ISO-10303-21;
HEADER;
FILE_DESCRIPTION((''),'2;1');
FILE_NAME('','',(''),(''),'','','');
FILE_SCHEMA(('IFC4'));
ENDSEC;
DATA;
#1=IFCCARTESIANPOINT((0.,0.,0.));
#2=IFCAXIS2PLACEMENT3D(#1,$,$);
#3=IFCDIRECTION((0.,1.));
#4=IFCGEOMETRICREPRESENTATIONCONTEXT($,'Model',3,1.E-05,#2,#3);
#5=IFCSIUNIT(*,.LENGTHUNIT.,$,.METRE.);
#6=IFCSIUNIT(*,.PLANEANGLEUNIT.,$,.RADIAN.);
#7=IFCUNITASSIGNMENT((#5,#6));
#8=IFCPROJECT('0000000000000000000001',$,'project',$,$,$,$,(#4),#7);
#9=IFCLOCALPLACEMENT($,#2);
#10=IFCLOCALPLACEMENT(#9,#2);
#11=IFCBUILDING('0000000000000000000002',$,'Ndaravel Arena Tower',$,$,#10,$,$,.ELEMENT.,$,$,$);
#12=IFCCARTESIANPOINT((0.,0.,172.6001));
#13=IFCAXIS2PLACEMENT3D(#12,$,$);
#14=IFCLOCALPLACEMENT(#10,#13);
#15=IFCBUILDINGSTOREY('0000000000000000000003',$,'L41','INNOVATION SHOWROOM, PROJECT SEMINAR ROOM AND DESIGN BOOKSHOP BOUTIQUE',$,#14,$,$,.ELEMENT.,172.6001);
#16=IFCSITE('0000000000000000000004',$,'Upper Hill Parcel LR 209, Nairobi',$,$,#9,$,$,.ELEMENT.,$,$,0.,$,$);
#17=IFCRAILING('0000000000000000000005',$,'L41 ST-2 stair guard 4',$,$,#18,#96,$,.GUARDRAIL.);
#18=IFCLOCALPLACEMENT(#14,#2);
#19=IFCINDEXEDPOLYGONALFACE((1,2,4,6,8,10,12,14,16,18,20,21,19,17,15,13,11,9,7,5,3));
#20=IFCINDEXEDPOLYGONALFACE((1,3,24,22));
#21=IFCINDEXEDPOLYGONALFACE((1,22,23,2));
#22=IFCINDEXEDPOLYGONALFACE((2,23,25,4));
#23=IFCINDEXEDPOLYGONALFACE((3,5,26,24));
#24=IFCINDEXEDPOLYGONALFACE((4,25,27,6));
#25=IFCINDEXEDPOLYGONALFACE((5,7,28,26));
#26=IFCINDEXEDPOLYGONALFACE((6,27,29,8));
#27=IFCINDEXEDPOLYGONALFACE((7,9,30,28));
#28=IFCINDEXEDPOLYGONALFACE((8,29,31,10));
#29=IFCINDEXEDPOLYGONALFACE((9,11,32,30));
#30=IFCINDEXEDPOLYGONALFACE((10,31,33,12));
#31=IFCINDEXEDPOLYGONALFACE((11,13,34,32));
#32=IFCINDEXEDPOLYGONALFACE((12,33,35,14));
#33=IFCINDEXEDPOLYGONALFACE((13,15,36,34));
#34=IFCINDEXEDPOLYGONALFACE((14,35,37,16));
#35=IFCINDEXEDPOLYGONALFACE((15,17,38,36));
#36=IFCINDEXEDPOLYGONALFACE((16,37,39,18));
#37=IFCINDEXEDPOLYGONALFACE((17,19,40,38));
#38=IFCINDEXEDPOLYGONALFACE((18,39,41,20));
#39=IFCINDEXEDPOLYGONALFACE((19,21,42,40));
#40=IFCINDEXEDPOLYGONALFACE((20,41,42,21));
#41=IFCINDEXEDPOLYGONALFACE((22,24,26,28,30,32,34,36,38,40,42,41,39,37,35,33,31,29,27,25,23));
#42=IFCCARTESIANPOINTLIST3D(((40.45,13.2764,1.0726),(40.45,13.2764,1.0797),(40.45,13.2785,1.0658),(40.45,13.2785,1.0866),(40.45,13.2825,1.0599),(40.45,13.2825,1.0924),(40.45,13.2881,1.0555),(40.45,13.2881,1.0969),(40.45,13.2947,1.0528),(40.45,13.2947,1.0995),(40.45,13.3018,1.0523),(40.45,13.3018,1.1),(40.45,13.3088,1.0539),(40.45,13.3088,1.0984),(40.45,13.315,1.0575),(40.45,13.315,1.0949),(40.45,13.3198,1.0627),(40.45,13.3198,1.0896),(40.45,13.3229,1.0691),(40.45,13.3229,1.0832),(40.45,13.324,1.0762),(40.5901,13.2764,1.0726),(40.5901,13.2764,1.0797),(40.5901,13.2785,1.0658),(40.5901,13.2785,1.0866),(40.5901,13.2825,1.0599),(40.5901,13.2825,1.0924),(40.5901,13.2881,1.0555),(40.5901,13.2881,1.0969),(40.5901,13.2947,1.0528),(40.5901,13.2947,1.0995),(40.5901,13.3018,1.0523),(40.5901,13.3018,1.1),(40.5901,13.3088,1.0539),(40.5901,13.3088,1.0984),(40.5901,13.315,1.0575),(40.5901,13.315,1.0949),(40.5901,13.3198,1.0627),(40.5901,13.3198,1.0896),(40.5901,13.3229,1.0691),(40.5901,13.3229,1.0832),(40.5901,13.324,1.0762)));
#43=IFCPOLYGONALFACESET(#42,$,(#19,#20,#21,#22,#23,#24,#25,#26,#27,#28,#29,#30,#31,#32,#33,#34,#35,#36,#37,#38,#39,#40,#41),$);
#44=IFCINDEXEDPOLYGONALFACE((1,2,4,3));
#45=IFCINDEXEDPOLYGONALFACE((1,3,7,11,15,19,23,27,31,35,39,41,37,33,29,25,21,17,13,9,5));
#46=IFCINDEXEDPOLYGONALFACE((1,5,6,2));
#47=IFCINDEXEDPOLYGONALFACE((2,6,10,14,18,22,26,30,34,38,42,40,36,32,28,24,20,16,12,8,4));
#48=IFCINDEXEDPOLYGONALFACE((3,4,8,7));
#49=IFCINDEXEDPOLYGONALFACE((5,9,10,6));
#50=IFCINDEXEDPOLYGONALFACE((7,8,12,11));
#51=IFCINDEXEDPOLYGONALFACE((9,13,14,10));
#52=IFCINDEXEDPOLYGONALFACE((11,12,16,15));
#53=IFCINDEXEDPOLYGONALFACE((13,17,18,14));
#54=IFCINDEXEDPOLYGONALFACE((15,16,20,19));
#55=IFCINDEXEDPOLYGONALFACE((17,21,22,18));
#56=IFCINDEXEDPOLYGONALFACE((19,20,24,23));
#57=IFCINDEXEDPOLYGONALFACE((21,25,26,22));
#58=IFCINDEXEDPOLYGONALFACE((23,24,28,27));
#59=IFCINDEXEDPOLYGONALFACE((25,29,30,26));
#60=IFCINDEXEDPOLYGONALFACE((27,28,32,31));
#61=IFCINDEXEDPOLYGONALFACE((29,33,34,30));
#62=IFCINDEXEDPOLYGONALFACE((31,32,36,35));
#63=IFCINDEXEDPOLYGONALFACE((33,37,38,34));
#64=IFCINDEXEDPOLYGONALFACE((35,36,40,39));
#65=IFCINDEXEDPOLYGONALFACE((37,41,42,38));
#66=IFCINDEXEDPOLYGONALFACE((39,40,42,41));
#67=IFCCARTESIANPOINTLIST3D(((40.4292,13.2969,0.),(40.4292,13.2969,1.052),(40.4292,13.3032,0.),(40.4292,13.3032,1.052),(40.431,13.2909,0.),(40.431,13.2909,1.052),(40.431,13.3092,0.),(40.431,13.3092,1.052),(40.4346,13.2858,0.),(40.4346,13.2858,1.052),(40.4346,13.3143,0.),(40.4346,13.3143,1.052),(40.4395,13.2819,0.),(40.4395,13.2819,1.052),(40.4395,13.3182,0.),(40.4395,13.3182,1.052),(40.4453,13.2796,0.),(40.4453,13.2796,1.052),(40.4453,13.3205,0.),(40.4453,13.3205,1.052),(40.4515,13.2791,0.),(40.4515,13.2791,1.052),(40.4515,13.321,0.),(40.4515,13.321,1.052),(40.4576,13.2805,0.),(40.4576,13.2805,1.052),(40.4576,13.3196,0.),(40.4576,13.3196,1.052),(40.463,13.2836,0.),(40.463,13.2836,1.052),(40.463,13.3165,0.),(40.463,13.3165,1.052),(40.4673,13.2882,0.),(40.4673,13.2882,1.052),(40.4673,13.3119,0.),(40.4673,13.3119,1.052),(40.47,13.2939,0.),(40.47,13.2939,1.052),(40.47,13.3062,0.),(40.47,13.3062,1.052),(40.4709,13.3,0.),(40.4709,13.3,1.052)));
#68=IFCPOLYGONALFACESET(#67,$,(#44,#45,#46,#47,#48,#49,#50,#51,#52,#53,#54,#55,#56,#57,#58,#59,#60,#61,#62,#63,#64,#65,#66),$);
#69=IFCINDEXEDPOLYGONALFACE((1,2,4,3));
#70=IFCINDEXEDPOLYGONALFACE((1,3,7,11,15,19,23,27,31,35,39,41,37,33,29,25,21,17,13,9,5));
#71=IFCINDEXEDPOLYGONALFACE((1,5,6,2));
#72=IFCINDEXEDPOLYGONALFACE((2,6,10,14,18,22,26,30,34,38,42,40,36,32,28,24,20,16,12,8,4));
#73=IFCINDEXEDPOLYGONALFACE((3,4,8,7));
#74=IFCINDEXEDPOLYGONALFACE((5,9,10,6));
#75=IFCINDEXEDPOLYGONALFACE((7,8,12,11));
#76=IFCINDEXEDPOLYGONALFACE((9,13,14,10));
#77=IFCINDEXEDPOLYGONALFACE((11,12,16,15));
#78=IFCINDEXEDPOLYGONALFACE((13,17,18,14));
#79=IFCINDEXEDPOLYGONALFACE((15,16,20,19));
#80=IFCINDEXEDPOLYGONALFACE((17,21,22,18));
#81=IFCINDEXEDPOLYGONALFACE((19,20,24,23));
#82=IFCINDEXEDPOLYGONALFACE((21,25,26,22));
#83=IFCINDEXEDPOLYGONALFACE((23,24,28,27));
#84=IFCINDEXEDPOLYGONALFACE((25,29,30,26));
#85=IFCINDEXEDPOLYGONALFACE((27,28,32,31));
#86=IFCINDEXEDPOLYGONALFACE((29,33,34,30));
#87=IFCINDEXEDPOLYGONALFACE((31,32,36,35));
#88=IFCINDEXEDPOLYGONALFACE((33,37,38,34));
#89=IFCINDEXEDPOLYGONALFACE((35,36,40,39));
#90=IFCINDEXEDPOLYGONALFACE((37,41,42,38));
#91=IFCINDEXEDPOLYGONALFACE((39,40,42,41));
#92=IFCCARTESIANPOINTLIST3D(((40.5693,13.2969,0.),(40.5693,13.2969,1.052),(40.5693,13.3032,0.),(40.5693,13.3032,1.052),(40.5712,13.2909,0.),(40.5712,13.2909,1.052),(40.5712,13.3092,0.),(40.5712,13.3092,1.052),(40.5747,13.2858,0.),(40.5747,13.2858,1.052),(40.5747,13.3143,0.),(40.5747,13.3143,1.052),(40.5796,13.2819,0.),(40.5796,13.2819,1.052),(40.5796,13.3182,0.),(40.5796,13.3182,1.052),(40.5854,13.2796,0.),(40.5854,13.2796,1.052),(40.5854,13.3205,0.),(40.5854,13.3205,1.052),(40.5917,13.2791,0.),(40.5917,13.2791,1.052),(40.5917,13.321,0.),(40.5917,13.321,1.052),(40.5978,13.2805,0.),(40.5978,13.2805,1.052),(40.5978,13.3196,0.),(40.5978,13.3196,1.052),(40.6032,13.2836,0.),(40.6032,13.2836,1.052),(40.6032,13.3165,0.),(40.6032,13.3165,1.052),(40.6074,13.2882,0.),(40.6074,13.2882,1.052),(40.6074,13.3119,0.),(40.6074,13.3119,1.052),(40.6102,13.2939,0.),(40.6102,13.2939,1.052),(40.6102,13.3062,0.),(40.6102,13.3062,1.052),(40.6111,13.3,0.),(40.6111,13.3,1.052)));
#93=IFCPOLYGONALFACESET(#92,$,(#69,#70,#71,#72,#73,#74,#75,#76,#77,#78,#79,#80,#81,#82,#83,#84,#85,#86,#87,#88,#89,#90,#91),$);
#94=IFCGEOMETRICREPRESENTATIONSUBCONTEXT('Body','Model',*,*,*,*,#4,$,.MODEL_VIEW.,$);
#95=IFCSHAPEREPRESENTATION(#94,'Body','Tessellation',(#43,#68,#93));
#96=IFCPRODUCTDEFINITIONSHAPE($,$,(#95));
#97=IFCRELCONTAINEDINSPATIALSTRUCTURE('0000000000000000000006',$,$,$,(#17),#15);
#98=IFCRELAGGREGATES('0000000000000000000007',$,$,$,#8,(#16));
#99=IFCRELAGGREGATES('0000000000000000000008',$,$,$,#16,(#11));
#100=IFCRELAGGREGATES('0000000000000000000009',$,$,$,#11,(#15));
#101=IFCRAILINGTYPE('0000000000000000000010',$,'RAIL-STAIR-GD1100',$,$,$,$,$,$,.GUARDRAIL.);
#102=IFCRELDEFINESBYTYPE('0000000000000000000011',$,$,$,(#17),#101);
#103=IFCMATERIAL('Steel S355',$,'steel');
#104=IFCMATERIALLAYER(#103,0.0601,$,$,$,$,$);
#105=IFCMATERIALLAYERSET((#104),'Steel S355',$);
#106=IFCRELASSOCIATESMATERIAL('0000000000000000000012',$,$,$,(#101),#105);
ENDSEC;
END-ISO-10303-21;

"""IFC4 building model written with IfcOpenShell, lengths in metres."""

from ifc_helpers import new_model, si_unit, direction, frame, origin, origin_2d, place, context, subcontext, project, spatial, circle, extrude, material, layer, layer_set, type_object, element, save


model = new_model("IFC4")

# Units and contexts
model_context = context("Model", 3, precision=1e-05, world=origin(), true_north=direction((0.0, 1.0)))
body_context = subcontext(model_context, "Body", "Model", "MODEL_VIEW")
ifc_project = project(units=[si_unit("LENGTHUNIT", "METRE"), si_unit("PLANEANGLEUNIT", "RADIAN")], contexts=[model_context])

# Site, building, storey
site_placement = place(None, origin())
site = spatial("IfcSite", under=ifc_project, at=site_placement, Name="Upper Hill Parcel LR 209, Nairobi", CompositionType="ELEMENT", RefElevation=0.0)
building_placement = place(site_placement, origin())
building = spatial("IfcBuilding", under=site, at=building_placement, Name="Ndaravel Arena Tower", CompositionType="ELEMENT")
storey_placement = place(building_placement, frame((0.0, 0.0, 172.6001)))
storey = spatial("IfcBuildingStorey", under=building, at=storey_placement, Name="L41", Description="INNOVATION SHOWROOM, PROJECT SEMINAR ROOM AND DESIGN BOOKSHOP BOUTIQUE", CompositionType="ELEMENT", Elevation=172.6001)

# Railing
ifc_material_1 = material(Name="Steel S355", Category="steel")
ifc_layer_1 = layer(ifc_material_1, 0.0601)
ifc_layer_set_1 = layer_set([ifc_layer_1], Name="Steel S355")
railing_type_1 = type_object("IfcRailingType", Name="RAIL-STAIR-GD1100", PredefinedType="GUARDRAIL", material=ifc_layer_set_1)
railing_1_placement = place(storey_placement, frame((40.45, 13.3, 0.0)))
element("IfcRailing", 1, at=railing_1_placement, inside=storey, type_object=railing_type_1, Name="L41 ST-2 stair guard 4", PredefinedType="GUARDRAIL", context=body_context, shape_type="SweptSolid", body=[
    extrude(circle(Radius=0.0239, at=origin_2d()), frame((0.0, 0.0, 1.0762), z_axis=(1.0, 0.0, 0.0), x_axis=(0.0, 1.0, 0.0)), (0.0, 0.0, 1.0), 0.1401),
    extrude(circle(Radius=0.021, at=origin_2d()), origin(), (0.0, 0.0, 1.0), 1.052),
    extrude(circle(Radius=0.021, at=origin_2d()), frame((0.1401, 0.0, 0.0)), (0.0, 0.0, 1.0), 1.052),
])

save(model, "model.ifc")
